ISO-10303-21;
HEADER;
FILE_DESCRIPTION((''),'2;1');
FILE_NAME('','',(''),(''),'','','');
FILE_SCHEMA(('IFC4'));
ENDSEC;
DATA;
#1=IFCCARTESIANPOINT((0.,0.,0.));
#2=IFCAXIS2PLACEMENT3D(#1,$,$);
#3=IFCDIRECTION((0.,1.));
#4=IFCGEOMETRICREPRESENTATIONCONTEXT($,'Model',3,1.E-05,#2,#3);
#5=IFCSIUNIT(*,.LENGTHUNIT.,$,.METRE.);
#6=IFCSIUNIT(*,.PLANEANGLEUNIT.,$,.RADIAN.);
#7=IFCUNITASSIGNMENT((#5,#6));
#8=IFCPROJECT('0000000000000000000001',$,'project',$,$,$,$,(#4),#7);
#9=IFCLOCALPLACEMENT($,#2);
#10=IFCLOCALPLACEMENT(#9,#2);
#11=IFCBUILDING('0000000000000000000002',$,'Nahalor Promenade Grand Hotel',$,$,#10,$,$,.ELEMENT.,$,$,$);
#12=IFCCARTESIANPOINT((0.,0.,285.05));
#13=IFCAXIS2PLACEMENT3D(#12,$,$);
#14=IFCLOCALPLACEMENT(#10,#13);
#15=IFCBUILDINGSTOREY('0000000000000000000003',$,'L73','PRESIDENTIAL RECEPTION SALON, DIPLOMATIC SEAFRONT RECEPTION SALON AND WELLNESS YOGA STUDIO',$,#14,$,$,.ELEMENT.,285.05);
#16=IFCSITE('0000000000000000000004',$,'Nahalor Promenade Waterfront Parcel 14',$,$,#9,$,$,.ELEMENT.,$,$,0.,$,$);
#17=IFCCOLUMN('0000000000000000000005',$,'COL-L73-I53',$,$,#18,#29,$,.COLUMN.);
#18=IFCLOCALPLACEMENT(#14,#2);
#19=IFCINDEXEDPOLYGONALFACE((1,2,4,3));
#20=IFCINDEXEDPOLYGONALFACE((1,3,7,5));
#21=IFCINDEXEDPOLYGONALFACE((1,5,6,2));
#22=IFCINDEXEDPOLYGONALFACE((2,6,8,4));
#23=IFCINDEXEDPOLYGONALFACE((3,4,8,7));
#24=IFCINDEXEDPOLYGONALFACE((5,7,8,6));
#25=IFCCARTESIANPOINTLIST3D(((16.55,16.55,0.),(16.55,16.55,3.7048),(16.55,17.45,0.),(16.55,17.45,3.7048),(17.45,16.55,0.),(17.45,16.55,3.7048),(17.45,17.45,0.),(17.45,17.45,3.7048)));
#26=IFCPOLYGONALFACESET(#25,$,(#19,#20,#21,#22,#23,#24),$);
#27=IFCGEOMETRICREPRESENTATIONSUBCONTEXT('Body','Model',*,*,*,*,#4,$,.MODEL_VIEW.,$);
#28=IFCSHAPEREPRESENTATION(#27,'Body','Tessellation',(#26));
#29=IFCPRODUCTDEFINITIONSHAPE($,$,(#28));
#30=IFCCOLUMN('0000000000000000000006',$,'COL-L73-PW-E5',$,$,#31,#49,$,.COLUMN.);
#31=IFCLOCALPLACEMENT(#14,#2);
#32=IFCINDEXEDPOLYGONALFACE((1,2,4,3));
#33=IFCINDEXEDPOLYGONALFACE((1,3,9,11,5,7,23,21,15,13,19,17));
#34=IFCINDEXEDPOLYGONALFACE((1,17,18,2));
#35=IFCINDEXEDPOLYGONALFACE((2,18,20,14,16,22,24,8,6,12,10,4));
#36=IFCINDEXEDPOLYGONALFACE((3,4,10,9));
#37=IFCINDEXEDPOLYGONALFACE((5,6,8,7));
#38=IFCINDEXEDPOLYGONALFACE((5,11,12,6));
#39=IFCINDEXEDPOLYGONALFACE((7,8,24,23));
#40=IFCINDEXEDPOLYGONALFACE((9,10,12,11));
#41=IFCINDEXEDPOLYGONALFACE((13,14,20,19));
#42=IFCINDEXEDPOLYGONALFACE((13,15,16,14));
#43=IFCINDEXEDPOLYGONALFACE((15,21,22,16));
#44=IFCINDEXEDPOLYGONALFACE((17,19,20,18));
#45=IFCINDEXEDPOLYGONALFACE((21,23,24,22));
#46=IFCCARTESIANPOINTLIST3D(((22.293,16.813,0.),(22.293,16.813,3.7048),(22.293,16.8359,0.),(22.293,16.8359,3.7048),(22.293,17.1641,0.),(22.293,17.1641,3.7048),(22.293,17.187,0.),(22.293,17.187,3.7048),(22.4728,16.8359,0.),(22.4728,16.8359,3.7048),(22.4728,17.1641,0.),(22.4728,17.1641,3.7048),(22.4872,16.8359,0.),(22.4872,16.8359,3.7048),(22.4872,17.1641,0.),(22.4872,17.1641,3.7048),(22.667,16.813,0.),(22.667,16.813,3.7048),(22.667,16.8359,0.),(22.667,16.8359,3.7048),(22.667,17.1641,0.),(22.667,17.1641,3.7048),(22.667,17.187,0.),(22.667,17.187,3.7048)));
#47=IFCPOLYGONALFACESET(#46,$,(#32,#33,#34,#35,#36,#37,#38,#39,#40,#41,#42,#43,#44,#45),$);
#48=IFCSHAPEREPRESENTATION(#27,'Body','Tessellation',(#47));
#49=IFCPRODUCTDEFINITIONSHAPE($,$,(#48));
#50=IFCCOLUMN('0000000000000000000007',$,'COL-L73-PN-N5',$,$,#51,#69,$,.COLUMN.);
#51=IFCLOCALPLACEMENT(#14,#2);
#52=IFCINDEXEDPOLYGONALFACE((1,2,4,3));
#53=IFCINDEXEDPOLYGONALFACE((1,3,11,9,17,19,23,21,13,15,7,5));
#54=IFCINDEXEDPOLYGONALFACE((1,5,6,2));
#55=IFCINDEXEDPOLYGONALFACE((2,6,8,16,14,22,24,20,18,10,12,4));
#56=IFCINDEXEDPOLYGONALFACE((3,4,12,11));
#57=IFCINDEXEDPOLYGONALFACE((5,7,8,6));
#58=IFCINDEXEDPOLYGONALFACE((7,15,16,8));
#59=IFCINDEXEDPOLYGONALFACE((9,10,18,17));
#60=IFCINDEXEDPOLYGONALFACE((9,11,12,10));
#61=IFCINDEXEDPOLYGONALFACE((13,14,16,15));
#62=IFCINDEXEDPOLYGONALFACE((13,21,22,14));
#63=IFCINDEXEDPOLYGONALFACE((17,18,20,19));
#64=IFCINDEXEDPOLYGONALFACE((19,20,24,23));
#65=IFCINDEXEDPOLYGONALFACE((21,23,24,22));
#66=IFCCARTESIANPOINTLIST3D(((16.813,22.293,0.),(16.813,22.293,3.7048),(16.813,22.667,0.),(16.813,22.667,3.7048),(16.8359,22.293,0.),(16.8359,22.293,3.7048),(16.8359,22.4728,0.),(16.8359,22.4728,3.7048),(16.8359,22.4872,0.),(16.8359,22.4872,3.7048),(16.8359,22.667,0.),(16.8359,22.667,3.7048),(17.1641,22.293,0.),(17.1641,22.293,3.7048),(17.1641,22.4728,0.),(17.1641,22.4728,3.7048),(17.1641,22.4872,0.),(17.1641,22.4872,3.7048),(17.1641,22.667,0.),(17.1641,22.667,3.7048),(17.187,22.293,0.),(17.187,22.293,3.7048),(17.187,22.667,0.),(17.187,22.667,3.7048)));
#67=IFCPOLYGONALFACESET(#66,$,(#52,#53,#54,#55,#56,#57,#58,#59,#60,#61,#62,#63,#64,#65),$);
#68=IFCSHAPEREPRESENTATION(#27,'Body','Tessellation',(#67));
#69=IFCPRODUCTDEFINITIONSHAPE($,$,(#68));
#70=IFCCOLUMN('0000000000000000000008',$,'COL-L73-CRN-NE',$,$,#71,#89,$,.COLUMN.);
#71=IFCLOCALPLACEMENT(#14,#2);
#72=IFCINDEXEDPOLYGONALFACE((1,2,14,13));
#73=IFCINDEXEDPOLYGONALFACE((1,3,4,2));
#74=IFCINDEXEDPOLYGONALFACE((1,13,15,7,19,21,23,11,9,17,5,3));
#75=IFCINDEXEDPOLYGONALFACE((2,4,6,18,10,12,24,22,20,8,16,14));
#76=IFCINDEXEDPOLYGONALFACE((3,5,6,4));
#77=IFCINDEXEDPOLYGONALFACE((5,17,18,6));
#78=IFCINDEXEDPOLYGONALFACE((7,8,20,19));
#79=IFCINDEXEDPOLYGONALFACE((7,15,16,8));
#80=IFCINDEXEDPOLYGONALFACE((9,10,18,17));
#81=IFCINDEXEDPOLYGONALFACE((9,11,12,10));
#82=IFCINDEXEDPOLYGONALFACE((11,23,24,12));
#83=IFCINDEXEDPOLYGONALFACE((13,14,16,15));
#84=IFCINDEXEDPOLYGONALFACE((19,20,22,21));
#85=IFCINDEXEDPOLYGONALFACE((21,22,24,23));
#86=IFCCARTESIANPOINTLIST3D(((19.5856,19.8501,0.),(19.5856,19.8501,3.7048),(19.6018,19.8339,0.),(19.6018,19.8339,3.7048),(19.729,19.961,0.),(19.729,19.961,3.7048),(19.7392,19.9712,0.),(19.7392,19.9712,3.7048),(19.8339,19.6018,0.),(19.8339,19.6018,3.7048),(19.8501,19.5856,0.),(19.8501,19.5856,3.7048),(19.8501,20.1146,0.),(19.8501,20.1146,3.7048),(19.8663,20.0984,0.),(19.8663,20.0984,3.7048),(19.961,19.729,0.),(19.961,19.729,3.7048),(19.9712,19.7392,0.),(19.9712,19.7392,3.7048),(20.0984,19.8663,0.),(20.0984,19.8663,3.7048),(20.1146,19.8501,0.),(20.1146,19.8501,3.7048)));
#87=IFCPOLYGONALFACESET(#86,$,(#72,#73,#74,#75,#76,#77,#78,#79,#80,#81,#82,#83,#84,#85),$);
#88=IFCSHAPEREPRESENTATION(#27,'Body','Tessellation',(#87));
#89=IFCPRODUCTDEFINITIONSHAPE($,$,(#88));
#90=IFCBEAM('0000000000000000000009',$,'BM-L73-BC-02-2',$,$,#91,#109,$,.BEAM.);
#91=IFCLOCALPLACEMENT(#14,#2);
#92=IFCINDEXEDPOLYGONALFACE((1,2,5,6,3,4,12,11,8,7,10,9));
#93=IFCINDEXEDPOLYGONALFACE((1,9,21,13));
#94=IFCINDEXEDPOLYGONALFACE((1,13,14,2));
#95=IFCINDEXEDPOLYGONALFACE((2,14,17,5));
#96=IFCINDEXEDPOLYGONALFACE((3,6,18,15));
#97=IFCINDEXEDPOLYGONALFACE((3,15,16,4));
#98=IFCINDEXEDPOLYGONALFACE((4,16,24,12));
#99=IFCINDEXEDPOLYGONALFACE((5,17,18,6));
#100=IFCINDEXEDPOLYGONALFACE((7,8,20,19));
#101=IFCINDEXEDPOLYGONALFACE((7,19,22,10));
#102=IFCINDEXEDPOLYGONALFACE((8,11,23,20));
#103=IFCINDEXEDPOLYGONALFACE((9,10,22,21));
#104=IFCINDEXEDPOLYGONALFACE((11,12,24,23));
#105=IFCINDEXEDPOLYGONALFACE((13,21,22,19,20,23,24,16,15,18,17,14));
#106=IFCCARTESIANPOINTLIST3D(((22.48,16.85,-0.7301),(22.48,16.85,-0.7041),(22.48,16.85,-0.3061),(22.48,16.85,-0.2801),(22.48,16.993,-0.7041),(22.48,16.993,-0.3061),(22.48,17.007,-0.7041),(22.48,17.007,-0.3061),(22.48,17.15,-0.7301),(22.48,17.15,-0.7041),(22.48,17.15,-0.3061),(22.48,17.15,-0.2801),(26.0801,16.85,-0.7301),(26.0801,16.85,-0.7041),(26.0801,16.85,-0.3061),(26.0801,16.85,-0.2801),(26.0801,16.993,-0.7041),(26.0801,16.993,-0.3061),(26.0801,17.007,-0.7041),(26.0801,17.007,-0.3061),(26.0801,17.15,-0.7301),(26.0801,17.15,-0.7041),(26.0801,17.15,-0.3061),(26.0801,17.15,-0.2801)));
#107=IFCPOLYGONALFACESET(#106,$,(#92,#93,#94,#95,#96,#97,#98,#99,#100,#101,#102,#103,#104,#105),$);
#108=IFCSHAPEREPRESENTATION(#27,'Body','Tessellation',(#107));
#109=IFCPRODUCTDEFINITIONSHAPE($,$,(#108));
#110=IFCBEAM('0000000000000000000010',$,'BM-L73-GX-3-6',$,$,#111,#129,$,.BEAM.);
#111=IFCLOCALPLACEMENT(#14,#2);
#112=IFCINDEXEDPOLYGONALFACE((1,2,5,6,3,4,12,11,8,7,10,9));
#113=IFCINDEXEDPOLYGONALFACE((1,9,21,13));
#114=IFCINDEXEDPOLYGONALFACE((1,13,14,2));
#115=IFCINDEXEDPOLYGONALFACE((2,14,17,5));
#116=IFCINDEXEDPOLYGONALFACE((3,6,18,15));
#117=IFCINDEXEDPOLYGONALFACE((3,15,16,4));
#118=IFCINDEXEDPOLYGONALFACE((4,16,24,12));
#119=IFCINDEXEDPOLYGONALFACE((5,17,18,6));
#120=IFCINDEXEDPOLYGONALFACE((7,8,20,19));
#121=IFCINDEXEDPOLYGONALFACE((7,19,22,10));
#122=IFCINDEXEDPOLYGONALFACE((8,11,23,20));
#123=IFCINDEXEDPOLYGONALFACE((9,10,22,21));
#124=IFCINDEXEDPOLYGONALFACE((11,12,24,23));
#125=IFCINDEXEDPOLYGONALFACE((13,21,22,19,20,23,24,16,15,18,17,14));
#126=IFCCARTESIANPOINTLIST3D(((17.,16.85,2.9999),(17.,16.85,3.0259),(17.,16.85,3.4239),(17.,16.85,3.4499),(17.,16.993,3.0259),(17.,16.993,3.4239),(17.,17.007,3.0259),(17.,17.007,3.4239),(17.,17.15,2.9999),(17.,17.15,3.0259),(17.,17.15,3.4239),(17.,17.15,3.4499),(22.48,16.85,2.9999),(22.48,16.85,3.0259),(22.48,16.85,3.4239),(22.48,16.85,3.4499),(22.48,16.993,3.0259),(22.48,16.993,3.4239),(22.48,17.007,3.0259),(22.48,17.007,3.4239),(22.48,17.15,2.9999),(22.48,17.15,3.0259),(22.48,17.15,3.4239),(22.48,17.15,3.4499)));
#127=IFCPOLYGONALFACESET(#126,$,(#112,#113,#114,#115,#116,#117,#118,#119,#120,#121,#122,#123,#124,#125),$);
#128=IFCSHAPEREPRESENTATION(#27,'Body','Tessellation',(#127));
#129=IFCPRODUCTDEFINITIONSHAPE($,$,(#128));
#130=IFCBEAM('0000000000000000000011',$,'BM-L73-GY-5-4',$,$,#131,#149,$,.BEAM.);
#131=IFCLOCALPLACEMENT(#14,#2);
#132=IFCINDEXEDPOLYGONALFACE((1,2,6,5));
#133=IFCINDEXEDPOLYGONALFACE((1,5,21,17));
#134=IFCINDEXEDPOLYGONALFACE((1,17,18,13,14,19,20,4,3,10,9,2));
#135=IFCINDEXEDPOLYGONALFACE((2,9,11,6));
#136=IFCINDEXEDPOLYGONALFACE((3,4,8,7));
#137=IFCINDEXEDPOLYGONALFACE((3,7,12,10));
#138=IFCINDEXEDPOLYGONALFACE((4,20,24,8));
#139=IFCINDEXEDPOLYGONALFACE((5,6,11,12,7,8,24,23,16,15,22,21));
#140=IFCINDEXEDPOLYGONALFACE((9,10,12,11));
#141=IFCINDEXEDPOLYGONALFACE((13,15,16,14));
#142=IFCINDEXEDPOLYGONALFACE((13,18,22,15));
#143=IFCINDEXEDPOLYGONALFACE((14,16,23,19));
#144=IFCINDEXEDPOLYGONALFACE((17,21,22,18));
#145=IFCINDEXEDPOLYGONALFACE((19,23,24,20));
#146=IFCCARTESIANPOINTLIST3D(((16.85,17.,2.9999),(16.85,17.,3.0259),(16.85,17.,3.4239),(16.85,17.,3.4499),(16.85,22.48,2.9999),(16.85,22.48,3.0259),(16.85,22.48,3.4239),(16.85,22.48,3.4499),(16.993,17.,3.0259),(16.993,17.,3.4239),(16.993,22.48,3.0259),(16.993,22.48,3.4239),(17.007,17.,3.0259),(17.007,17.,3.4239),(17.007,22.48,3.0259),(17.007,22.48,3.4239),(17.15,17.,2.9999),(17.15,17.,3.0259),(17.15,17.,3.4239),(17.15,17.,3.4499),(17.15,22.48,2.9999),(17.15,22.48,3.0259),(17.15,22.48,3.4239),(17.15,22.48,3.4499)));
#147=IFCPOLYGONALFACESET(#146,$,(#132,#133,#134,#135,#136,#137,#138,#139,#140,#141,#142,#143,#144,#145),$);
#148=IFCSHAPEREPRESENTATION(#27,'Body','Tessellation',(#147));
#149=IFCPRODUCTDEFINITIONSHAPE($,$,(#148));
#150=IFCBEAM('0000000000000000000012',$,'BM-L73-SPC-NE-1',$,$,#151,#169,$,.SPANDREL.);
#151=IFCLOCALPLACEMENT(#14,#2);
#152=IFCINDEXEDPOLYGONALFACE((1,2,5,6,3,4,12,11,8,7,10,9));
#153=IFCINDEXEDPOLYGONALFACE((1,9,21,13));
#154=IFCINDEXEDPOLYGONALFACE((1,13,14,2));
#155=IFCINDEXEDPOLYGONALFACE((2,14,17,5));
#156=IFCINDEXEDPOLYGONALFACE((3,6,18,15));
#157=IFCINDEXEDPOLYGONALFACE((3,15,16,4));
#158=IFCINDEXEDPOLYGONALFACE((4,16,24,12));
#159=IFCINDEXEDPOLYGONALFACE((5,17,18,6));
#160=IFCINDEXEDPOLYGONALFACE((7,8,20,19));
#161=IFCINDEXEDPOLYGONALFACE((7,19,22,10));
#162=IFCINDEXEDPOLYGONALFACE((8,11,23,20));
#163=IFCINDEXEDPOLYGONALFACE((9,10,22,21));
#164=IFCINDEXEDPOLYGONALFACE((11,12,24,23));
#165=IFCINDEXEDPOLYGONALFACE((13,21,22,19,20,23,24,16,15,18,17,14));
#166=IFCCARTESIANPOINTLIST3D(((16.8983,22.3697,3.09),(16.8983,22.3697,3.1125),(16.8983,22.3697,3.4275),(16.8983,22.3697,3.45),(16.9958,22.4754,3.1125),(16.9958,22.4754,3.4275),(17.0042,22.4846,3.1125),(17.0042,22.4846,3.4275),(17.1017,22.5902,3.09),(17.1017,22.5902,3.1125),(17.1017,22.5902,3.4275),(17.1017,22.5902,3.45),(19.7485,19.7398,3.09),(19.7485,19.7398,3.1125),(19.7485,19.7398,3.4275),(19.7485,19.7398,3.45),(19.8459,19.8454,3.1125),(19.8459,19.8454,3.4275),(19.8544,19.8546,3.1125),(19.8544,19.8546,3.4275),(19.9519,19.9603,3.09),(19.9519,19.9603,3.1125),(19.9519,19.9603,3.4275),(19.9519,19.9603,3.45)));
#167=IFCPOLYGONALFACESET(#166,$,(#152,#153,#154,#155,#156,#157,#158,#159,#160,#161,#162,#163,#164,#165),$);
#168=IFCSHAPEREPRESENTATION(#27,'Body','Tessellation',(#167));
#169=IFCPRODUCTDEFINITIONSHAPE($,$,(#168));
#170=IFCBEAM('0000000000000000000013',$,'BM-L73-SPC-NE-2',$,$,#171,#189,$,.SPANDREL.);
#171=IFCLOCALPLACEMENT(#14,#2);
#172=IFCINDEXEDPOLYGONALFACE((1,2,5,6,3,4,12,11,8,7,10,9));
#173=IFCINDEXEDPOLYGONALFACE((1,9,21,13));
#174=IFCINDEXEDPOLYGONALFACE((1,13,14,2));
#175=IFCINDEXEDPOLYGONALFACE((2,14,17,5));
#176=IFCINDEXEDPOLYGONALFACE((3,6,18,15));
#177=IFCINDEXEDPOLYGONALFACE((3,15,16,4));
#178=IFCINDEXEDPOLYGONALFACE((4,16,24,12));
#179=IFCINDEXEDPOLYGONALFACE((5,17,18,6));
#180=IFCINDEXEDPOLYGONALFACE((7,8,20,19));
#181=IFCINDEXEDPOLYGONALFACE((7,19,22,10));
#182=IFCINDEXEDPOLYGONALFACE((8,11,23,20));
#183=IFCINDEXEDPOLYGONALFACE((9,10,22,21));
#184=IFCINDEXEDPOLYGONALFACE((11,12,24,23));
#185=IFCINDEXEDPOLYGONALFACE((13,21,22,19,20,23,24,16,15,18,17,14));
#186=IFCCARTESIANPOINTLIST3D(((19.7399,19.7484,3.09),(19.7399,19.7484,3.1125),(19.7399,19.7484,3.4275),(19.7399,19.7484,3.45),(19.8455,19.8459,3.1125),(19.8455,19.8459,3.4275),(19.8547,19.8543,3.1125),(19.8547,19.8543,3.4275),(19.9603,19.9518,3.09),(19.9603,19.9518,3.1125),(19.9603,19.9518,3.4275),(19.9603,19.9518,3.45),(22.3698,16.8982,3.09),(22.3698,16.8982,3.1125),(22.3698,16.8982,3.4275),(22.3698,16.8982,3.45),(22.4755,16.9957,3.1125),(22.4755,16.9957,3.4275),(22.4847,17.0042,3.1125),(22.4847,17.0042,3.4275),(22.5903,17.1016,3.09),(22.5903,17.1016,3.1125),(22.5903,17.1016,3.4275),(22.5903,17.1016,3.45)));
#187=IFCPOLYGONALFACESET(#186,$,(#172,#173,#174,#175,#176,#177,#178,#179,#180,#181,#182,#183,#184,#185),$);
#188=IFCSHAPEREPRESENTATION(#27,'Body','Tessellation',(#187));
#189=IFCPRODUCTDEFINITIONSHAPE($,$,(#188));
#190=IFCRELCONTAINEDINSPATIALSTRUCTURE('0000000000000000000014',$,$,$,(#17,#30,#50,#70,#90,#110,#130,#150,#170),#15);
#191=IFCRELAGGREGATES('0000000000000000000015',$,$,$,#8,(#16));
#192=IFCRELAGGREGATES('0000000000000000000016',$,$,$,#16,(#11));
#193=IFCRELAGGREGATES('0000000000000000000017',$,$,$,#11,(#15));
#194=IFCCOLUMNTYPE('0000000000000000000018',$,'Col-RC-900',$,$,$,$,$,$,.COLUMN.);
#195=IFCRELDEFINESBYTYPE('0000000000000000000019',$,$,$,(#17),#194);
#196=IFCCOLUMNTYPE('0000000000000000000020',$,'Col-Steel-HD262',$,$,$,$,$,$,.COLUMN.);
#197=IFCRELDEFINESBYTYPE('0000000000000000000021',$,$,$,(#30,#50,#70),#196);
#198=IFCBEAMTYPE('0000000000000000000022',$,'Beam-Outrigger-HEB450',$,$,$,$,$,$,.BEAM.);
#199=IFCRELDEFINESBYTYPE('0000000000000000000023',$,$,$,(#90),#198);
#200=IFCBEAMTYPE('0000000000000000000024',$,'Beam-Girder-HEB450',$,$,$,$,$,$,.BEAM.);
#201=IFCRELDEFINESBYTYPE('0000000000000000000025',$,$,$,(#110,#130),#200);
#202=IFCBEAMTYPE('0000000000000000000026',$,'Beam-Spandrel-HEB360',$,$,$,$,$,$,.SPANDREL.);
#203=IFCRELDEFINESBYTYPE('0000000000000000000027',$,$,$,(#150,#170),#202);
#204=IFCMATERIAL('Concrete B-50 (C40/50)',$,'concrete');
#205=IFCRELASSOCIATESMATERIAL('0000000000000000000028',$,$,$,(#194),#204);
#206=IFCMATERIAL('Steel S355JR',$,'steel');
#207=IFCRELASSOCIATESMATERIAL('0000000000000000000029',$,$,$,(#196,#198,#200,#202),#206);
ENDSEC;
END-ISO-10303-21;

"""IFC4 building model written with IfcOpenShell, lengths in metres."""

from ifc_helpers import new_model, si_unit, direction, frame, origin, origin_2d, place, context, subcontext, project, spatial, rectangle, i_section, extrude, source, transform, mapped, material, material_profile, profile_set, type_object, element, save


model = new_model("IFC4")

# Units and contexts
model_context = context("Model", 3, precision=1e-05, world=origin(), true_north=direction((0.0, 1.0)))
body_context = subcontext(model_context, "Body", "Model", "MODEL_VIEW")
ifc_project = project(units=[si_unit("LENGTHUNIT", "METRE"), si_unit("PLANEANGLEUNIT", "RADIAN")], contexts=[model_context])

# Site, building, storey
site_placement = place(None, origin())
site = spatial("IfcSite", under=ifc_project, at=site_placement, Name="Nahalor Promenade Waterfront Parcel 14", CompositionType="ELEMENT", RefElevation=0.0)
building_placement = place(site_placement, origin())
building = spatial("IfcBuilding", under=site, at=building_placement, Name="Nahalor Promenade Grand Hotel", CompositionType="ELEMENT")
storey_placement = place(building_placement, frame((0.0, 0.0, 285.05)))
storey = spatial("IfcBuildingStorey", under=building, at=storey_placement, Name="L73", Description="PRESIDENTIAL RECEPTION SALON, DIPLOMATIC SEAFRONT RECEPTION SALON AND WELLNESS YOGA STUDIO", CompositionType="ELEMENT", Elevation=285.05)

# Columns
ifc_material_1 = material(Name="Concrete B-50 (C40/50)", Category="concrete")
ifc_material_profile_1 = material_profile(ifc_material_1, rectangle(XDim=0.9, YDim=0.9, at=origin_2d()), Name="RC 900x900")
ifc_profile_set_1 = profile_set([ifc_material_profile_1], Name="Concrete B-50 (C40/50)")
column_type_1 = type_object("IfcColumnType", Name="Col-RC-900", PredefinedType="COLUMN", material=ifc_profile_set_1)
shared_shape_1 = source(origin(), body_context, "Body", "SweptSolid", [
    extrude(rectangle(XDim=0.9, YDim=0.9, at=origin_2d()), origin(), (0.0, 0.0, 1.0), 3.7048),
])
column_placement = place(storey_placement, frame((17.0, 17.0, 0.0), z_axis=(0.0, 0.0, 1.0), x_axis=(1.0, 0.0, 0.0)))
element("IfcColumn", 1, at=column_placement, inside=storey, type_object=column_type_1, Name="COL-L73-I53", PredefinedType="COLUMN", context=body_context, shape_type="MappedRepresentation", body=[
    mapped(shared_shape_1, transform((0.0, 0.0, 0.0), scale=1.0)),
])
ifc_material_2 = material(Name="Steel S355JR", Category="steel")
ifc_material_profile_2 = material_profile(ifc_material_2, i_section(OverallWidth=0.374, OverallDepth=0.374, WebThickness=0.0144, FlangeThickness=0.0229, at=origin_2d()), Name="HD 360x262")
ifc_profile_set_2 = profile_set([ifc_material_profile_2], Name="Steel S355JR")
column_type_2 = type_object("IfcColumnType", Name="Col-Steel-HD262", PredefinedType="COLUMN", material=ifc_profile_set_2)
shared_shape_2 = source(origin(), body_context, "Body", "SweptSolid", [
    extrude(i_section(OverallWidth=0.374, OverallDepth=0.374, WebThickness=0.0144, FlangeThickness=0.0229, at=origin_2d()), origin(), (0.0, 0.0, 1.0), 3.7048),
])
for number, where, z_axis, x_axis, name in (
    (2, (22.48, 17.0, 0.0), (0.0, 0.0, 1.0), (1.0, 0.0, 0.0), "COL-L73-PW-E5"),
    (3, (17.0, 22.48, 0.0), (0.0, 0.0, 1.0), (0.0, 1.0, 0.0), "COL-L73-PN-N5"),
    (4, (19.8501, 19.8501, 0.0), (0.0, 0.0, 1.0), (0.707107, 0.707107, 0.0), "COL-L73-CRN-NE"),
):
    element("IfcColumn", number, at=place(storey_placement, frame(where, z_axis=z_axis, x_axis=x_axis)), inside=storey, type_object=column_type_2, Name=name, PredefinedType="COLUMN", context=body_context, shape_type="MappedRepresentation", body=[
        mapped(shared_shape_2, transform((0.0, 0.0, 0.0), scale=1.0)),
    ])

# Beams
ifc_material_profile_3 = material_profile(ifc_material_2, i_section(OverallWidth=0.3, OverallDepth=0.45, WebThickness=0.014, FlangeThickness=0.026, at=origin_2d()), Name="HEB 450")
ifc_profile_set_3 = profile_set([ifc_material_profile_3], Name="Steel S355JR")
beam_type_1 = type_object("IfcBeamType", Name="Beam-Outrigger-HEB450", PredefinedType="BEAM", material=ifc_profile_set_3)
shared_shape_3 = source(origin(), body_context, "Body", "SweptSolid", [
    extrude(i_section(OverallWidth=0.3, OverallDepth=0.45, WebThickness=0.014, FlangeThickness=0.026, at=origin_2d()), origin(), (0.0, 0.0, 1.0), 3.6001),
])
beam_placement = place(storey_placement, frame((22.48, 17.0, -0.5051), z_axis=(1.0, 0.0, 0.0), x_axis=(0.0, 1.0, 0.0)))
element("IfcBeam", 5, at=beam_placement, inside=storey, type_object=beam_type_1, Name="BM-L73-BC-02-2", PredefinedType="BEAM", context=body_context, shape_type="MappedRepresentation", body=[
    mapped(shared_shape_3, transform((0.0, 0.0, 0.0), scale=1.0)),
])
ifc_material_profile_4 = material_profile(ifc_material_2, i_section(OverallWidth=0.3, OverallDepth=0.45, WebThickness=0.014, FlangeThickness=0.026, at=origin_2d()), Name="HEB 450")
ifc_profile_set_4 = profile_set([ifc_material_profile_4], Name="Steel S355JR")
beam_type_2 = type_object("IfcBeamType", Name="Beam-Girder-HEB450", PredefinedType="BEAM", material=ifc_profile_set_4)
shared_shape_4 = source(origin(), body_context, "Body", "SweptSolid", [
    extrude(i_section(OverallWidth=0.3, OverallDepth=0.45, WebThickness=0.014, FlangeThickness=0.026, at=origin_2d()), origin(), (0.0, 0.0, 1.0), 5.48),
])
for number, where, z_axis, x_axis, name in (
    (6, (17.0, 17.0, 3.2249), (1.0, 0.0, 0.0), (0.0, 1.0, 0.0), "BM-L73-GX-3-6"),
    (7, (17.0, 17.0, 3.2249), (0.0, 1.0, 0.0), (-1.0, 0.0, 0.0), "BM-L73-GY-5-4"),
):
    element("IfcBeam", number, at=place(storey_placement, frame(where, z_axis=z_axis, x_axis=x_axis)), inside=storey, type_object=beam_type_2, Name=name, PredefinedType="BEAM", context=body_context, shape_type="MappedRepresentation", body=[
        mapped(shared_shape_4, transform((0.0, 0.0, 0.0), scale=1.0)),
    ])
ifc_material_profile_5 = material_profile(ifc_material_2, i_section(OverallWidth=0.3, OverallDepth=0.36, WebThickness=0.0125, FlangeThickness=0.0225, at=origin_2d()), Name="HEB 360")
ifc_profile_set_5 = profile_set([ifc_material_profile_5], Name="Steel S355JR")
beam_type_3 = type_object("IfcBeamType", Name="Beam-Spandrel-HEB360", PredefinedType="SPANDREL", material=ifc_profile_set_5)
shared_shape_5 = source(origin(), body_context, "Body", "SweptSolid", [
    extrude(i_section(OverallWidth=0.3, OverallDepth=0.36, WebThickness=0.0125, FlangeThickness=0.0225, at=origin_2d()), origin(), (0.0, 0.0, 1.0), 3.8782),
])
for number, where, z_axis, x_axis, name in (
    (8, (17.0, 22.48, 3.27), (0.734929, -0.678144, 0.0), (0.678144, 0.734929, 0.0), "BM-L73-SPC-NE-1"),
    (9, (19.8501, 19.8501, 3.27), (0.678144, -0.734929, 0.0), (0.734929, 0.678144, 0.0), "BM-L73-SPC-NE-2"),
):
    element("IfcBeam", number, at=place(storey_placement, frame(where, z_axis=z_axis, x_axis=x_axis)), inside=storey, type_object=beam_type_3, Name=name, PredefinedType="SPANDREL", context=body_context, shape_type="MappedRepresentation", body=[
        mapped(shared_shape_5, transform((0.0, 0.0, 0.0), scale=1.0)),
    ])

save(model, "model.ifc")
